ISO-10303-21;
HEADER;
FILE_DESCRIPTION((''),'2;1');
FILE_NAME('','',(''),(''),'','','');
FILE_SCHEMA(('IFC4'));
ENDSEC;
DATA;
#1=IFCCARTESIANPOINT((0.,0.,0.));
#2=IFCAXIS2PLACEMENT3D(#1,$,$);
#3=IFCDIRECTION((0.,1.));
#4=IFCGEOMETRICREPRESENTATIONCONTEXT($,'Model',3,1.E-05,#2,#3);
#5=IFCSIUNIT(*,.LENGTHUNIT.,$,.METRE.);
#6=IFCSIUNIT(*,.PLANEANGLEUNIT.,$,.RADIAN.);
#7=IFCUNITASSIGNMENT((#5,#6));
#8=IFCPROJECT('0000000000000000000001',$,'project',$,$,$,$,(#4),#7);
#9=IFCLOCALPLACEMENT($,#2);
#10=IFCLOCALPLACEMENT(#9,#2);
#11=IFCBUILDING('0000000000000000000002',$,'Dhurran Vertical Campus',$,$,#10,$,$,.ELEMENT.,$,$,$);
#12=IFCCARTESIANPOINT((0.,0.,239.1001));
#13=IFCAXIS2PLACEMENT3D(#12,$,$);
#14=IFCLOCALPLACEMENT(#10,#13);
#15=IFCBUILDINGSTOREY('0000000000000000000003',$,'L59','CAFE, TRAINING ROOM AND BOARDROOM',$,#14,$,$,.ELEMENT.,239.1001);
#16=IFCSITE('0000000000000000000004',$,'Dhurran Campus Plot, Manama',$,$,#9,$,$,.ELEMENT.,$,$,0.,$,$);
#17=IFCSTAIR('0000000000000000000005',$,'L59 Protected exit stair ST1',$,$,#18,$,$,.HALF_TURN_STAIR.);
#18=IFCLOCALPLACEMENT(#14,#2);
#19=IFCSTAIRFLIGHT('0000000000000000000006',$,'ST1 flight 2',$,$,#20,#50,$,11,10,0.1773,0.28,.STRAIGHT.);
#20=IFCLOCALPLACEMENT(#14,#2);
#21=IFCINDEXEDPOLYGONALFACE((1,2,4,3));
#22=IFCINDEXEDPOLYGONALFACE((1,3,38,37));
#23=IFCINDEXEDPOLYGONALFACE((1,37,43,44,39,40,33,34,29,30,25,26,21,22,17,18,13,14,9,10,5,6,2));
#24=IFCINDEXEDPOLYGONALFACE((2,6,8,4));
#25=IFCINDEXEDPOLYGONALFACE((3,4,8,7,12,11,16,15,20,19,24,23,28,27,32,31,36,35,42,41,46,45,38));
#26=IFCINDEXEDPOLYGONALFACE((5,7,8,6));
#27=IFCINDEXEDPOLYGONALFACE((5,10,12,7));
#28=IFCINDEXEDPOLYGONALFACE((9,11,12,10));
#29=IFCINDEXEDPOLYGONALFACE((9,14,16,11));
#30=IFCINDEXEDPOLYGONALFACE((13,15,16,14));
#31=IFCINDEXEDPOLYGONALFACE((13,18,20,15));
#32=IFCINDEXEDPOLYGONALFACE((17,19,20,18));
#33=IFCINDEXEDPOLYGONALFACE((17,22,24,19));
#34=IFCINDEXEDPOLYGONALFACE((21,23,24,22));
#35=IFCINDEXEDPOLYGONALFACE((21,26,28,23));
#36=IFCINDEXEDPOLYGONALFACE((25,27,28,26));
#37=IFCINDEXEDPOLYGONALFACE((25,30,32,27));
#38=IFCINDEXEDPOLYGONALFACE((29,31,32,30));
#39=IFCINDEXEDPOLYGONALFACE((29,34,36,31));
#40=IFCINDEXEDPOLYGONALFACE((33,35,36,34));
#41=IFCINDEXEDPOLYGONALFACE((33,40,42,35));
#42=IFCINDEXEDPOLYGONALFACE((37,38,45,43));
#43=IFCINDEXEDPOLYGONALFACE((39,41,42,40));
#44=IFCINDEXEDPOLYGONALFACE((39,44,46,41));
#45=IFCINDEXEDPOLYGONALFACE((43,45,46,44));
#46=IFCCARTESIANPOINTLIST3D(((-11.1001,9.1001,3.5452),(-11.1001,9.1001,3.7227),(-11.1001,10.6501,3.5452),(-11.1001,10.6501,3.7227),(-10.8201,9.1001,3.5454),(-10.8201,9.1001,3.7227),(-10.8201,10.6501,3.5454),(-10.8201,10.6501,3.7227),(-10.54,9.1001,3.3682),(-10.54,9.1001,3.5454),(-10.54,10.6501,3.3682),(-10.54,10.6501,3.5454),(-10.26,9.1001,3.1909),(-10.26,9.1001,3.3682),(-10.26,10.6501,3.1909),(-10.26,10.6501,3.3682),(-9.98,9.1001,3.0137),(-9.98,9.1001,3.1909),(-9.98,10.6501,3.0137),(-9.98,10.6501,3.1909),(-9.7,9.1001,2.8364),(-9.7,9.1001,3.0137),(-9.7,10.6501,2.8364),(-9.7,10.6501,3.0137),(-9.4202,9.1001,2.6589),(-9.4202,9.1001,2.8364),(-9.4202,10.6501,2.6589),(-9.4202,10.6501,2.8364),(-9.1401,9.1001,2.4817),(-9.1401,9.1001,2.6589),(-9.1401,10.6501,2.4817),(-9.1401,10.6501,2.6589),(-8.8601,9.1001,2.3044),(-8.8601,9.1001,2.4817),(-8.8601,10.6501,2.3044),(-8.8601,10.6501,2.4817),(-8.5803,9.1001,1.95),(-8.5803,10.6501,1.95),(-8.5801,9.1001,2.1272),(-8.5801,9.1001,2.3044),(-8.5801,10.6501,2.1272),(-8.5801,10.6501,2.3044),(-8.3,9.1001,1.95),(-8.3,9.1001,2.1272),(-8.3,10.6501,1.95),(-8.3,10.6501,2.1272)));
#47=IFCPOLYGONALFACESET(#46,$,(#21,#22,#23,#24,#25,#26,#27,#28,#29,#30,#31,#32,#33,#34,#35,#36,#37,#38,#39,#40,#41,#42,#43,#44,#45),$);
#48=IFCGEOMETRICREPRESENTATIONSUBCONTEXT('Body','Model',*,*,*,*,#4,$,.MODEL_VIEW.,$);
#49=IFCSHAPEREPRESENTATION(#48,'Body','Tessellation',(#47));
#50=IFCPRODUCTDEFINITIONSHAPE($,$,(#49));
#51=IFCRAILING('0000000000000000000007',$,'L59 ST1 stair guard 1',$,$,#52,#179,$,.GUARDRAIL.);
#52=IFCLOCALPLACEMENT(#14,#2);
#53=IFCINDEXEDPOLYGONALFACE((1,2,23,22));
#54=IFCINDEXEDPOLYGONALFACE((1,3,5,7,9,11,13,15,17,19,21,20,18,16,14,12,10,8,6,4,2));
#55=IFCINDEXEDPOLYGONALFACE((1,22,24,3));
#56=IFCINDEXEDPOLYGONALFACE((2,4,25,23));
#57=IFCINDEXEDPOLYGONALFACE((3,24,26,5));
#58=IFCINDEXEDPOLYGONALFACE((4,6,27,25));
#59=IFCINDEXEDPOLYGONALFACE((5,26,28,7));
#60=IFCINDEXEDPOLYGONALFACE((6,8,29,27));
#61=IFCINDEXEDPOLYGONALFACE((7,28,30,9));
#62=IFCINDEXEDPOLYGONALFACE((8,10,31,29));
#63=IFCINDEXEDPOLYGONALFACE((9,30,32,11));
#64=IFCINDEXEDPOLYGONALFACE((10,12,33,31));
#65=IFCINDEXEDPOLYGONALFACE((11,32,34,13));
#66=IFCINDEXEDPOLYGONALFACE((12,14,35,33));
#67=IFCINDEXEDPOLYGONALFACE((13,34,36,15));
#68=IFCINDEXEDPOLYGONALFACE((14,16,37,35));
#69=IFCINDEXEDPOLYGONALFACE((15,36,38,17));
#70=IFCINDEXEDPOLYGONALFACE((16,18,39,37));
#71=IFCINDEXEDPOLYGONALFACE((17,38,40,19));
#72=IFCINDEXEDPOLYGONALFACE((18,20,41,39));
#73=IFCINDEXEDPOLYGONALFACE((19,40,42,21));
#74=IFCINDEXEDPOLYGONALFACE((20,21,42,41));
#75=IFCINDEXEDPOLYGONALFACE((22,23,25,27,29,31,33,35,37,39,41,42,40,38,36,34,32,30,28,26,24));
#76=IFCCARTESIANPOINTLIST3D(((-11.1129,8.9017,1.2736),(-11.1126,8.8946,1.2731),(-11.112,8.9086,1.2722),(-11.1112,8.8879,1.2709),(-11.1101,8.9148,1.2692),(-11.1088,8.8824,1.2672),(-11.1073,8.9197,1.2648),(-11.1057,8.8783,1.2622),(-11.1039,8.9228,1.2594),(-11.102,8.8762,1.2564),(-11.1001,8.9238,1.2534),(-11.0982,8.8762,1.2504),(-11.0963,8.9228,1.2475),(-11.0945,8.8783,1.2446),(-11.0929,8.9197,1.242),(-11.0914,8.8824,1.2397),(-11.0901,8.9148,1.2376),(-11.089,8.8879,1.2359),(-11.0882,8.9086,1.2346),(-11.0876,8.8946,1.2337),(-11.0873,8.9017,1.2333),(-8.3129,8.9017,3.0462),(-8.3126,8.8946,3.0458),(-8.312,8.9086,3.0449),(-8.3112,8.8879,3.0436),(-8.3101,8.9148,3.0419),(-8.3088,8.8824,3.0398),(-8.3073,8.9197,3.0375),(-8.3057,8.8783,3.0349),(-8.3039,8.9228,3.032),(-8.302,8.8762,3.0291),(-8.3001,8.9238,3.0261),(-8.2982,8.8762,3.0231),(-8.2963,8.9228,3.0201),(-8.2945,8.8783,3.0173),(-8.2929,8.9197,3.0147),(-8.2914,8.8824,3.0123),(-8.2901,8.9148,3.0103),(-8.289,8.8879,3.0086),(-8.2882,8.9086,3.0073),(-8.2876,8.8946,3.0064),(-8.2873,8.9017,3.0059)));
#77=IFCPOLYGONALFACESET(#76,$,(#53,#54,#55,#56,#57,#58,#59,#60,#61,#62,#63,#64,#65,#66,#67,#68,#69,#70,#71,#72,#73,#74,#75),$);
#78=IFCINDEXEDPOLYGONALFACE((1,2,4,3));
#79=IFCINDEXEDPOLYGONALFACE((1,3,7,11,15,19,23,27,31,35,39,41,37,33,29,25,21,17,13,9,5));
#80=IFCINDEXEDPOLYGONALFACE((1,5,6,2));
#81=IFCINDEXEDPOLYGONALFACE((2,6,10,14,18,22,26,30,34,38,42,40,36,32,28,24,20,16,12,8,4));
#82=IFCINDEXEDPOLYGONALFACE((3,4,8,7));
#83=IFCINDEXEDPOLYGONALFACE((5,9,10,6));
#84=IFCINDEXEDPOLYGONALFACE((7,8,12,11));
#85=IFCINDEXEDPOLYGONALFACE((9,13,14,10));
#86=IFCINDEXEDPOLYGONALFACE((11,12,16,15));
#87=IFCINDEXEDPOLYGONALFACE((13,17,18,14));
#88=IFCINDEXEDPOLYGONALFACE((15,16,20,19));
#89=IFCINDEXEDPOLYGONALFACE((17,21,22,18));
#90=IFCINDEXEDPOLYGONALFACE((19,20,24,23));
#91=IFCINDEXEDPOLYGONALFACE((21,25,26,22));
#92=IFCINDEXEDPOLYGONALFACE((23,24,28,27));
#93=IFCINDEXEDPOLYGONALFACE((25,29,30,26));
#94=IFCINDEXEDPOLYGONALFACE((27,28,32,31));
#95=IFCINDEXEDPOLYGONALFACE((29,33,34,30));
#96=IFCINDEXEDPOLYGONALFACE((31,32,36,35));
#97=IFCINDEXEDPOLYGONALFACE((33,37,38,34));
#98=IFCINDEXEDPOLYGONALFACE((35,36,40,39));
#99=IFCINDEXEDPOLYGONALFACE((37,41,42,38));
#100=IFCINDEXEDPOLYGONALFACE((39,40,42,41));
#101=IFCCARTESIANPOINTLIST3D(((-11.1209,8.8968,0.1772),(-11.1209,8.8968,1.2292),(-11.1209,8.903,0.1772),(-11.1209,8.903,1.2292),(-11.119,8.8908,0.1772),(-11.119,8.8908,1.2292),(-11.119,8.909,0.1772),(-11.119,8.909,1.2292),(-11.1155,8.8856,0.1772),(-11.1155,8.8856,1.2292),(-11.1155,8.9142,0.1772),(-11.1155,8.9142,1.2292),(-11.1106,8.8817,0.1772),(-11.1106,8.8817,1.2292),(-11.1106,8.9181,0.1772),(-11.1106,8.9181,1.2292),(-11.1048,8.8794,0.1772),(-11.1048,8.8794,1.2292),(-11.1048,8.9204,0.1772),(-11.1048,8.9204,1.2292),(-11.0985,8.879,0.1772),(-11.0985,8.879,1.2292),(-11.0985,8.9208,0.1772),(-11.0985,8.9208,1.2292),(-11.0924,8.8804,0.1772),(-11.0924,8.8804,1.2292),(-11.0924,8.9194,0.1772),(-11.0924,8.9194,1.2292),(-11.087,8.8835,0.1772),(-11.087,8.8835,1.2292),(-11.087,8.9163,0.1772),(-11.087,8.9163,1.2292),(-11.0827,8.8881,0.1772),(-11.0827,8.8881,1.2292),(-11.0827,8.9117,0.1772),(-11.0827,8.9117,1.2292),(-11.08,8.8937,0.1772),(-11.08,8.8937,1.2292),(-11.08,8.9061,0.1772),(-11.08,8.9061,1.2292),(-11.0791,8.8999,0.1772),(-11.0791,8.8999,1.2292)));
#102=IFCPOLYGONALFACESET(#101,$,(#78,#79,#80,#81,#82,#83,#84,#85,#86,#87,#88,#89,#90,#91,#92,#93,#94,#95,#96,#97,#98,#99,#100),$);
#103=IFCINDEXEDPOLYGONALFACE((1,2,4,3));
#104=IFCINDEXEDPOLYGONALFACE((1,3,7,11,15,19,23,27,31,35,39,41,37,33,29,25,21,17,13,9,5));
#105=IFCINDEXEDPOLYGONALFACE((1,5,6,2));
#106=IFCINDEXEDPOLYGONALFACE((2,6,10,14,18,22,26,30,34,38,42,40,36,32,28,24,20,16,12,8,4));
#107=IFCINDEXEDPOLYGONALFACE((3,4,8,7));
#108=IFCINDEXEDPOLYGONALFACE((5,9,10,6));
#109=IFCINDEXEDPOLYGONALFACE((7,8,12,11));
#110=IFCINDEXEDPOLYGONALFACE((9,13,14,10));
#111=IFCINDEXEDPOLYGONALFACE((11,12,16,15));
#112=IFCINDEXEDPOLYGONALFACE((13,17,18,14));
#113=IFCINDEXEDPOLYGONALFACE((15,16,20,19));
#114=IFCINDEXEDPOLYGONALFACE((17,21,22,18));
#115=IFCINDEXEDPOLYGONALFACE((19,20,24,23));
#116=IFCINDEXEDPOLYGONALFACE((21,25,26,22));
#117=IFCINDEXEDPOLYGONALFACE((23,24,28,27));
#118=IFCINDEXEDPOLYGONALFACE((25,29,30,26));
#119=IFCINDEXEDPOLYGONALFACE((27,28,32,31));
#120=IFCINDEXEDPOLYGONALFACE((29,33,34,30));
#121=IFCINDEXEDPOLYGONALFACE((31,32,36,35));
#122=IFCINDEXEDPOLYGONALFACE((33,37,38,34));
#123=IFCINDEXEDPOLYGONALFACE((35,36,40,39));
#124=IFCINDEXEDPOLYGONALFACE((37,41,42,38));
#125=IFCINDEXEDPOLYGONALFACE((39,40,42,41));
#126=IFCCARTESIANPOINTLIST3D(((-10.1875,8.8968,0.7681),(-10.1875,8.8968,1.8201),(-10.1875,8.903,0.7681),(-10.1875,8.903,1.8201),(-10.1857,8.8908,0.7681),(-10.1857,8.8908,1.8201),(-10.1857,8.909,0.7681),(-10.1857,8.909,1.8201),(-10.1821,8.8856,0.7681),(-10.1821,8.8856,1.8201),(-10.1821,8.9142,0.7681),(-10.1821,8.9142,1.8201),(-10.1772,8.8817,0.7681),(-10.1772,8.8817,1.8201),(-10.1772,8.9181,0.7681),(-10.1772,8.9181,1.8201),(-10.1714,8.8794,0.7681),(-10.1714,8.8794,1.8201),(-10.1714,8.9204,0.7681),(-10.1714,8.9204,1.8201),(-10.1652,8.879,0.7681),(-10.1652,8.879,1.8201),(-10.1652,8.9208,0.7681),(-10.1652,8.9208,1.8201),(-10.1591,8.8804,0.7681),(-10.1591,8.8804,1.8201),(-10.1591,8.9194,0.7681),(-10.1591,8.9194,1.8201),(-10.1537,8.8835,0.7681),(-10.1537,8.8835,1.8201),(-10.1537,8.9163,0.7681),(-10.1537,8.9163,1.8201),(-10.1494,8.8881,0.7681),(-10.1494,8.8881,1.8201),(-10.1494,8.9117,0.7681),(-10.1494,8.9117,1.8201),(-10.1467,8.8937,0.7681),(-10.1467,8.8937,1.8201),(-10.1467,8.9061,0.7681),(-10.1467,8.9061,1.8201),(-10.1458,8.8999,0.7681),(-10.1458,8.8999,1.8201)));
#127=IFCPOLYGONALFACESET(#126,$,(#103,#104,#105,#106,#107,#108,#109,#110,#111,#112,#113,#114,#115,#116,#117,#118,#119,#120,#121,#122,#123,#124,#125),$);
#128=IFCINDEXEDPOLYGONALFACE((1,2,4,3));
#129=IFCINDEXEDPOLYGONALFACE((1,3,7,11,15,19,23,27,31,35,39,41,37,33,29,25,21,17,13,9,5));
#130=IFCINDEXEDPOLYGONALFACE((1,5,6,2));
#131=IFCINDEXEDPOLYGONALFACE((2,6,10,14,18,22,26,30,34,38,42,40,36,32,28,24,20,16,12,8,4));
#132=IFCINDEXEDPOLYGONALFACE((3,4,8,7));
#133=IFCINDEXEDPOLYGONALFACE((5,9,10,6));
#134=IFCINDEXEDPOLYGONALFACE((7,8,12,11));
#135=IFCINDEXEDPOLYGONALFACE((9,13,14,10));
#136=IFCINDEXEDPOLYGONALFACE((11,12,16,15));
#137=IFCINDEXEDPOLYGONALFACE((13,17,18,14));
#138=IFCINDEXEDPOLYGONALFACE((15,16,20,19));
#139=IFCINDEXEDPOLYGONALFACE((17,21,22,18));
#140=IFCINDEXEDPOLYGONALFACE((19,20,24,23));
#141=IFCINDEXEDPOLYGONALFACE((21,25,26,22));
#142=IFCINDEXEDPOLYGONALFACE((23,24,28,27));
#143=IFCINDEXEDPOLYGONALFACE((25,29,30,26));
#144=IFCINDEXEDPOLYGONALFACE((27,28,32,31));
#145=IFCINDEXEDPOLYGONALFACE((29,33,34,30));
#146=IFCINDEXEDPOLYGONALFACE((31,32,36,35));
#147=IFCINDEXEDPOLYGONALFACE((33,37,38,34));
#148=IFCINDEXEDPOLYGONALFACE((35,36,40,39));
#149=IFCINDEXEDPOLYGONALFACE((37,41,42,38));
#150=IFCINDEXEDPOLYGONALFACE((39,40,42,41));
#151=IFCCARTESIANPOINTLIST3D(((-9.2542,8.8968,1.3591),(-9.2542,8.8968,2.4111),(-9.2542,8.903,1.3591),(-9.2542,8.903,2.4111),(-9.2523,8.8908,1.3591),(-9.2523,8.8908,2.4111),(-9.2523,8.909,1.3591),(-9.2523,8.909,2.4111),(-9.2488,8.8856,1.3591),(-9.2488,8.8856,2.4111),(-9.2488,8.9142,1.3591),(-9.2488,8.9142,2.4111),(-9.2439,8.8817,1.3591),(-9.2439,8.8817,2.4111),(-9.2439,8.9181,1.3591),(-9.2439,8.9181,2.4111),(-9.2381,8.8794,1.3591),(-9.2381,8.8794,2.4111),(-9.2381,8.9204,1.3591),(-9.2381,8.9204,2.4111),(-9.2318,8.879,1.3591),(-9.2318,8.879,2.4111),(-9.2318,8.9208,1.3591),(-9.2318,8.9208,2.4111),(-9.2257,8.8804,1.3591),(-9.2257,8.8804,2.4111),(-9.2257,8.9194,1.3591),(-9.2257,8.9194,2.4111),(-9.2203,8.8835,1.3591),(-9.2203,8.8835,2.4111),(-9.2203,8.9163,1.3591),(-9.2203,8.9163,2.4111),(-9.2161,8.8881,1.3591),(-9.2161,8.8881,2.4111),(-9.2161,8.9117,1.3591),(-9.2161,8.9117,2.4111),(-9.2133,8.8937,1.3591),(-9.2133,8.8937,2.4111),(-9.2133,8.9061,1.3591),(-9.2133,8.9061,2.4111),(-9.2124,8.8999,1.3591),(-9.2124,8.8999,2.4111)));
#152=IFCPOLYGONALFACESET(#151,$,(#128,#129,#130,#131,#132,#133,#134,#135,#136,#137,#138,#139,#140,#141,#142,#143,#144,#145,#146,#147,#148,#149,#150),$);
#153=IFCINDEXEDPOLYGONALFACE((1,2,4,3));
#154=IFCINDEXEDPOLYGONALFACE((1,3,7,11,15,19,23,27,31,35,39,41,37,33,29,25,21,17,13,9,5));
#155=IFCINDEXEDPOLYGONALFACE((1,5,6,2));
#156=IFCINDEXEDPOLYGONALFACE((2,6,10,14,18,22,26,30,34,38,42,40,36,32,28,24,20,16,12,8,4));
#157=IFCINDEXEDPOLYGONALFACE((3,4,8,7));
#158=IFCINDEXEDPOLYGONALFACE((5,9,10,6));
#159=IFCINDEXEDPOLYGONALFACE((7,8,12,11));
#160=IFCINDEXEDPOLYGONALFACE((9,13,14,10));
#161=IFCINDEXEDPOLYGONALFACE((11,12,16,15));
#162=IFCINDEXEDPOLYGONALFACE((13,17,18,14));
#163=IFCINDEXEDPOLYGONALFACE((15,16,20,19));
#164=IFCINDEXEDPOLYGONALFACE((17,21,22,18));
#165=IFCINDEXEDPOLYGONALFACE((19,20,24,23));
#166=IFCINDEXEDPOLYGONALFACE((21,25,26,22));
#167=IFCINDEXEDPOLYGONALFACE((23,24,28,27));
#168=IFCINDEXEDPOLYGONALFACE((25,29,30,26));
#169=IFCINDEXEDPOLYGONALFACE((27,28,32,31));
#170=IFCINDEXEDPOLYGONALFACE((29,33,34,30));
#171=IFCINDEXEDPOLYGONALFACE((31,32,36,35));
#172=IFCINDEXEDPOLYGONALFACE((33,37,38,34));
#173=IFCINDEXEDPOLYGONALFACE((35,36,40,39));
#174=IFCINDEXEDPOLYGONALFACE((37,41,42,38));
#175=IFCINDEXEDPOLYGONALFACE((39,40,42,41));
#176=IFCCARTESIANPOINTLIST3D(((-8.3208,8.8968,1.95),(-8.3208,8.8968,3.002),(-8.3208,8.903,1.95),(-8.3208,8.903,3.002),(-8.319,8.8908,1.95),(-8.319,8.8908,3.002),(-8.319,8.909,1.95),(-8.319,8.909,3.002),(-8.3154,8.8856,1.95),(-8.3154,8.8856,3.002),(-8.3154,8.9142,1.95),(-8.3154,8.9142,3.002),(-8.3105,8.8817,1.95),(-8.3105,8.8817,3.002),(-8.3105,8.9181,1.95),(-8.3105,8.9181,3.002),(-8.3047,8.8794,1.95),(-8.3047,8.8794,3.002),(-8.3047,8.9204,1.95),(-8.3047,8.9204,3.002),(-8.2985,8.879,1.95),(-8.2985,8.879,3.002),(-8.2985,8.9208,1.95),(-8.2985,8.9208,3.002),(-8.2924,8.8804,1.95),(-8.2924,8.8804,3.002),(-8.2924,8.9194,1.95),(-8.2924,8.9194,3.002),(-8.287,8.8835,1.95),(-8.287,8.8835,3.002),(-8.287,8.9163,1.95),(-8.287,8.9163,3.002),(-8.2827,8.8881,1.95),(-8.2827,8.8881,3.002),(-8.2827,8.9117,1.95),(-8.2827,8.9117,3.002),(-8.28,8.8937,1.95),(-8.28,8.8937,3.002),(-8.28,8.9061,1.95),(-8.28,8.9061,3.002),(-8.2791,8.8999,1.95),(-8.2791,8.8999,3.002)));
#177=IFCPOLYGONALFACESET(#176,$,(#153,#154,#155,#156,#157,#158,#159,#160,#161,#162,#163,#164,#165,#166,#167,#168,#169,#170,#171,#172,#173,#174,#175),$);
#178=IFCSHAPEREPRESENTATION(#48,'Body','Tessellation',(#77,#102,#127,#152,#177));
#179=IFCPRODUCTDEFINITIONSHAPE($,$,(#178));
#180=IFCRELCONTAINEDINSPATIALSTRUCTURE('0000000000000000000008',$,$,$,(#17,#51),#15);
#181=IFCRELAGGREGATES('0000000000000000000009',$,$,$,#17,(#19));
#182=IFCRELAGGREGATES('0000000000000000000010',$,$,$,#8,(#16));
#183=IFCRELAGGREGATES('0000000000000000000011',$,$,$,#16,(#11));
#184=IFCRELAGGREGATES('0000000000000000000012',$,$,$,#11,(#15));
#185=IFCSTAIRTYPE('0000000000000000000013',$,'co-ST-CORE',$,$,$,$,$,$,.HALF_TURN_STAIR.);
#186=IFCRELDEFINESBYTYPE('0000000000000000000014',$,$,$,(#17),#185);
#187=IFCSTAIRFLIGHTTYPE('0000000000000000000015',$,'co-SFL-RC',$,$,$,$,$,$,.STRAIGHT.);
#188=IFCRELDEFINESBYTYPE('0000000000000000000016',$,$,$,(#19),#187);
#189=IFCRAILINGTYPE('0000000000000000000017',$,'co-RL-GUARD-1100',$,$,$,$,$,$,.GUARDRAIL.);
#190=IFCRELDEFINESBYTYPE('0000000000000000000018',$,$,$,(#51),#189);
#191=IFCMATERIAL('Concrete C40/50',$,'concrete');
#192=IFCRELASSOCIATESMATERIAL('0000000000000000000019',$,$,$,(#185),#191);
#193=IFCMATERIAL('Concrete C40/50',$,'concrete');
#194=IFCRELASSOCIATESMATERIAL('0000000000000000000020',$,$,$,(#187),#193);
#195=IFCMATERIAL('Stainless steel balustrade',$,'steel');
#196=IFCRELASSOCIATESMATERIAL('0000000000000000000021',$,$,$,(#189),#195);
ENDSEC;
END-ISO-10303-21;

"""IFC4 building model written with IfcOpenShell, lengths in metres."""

from ifc_helpers import new_model, si_unit, direction, frame, origin, origin_2d, place, context, subcontext, project, spatial, polyline, circle, outline, extrude, material, type_object, element, aggregate, save


model = new_model("IFC4")

# Units and contexts
model_context = context("Model", 3, precision=1e-05, world=origin(), true_north=direction((0.0, 1.0)))
body_context = subcontext(model_context, "Body", "Model", "MODEL_VIEW")
ifc_project = project(units=[si_unit("LENGTHUNIT", "METRE"), si_unit("PLANEANGLEUNIT", "RADIAN")], contexts=[model_context])

# Site, building, storey
site_placement = place(None, origin())
site = spatial("IfcSite", under=ifc_project, at=site_placement, Name="Dhurran Campus Plot, Manama", CompositionType="ELEMENT", RefElevation=0.0)
building_placement = place(site_placement, origin())
building = spatial("IfcBuilding", under=site, at=building_placement, Name="Dhurran Vertical Campus", CompositionType="ELEMENT")
storey_placement = place(building_placement, frame((0.0, 0.0, 239.1001)))
storey = spatial("IfcBuildingStorey", under=building, at=storey_placement, Name="L59", Description="CAFE, TRAINING ROOM AND BOARDROOM", CompositionType="ELEMENT", Elevation=239.1001)

# Stair, stair flight
ifc_material_1 = material(Name="Concrete C40/50", Category="concrete")
stair_type = type_object("IfcStairType", Name="co-ST-CORE", PredefinedType="HALF_TURN_STAIR", material=ifc_material_1)
stair_placement = place(storey_placement, origin())
stair = element("IfcStair", 1, at=stair_placement, inside=storey, type_object=stair_type, Name="L59 Protected exit stair ST1", PredefinedType="HALF_TURN_STAIR")
ifc_material_2 = material(Name="Concrete C40/50", Category="concrete")
stair_flight_type = type_object("IfcStairFlightType", Name="co-SFL-RC", PredefinedType="STRAIGHT", material=ifc_material_2)
stair_flight_1_placement = place(storey_placement, frame((-8.3, 9.875, 1.95), z_axis=(0.0, 0.0, 1.0), x_axis=(-1.0, 0.0, 0.0)))
stair_flight_1 = element("IfcStairFlight", 2, at=stair_flight_1_placement, type_object=stair_flight_type, Name="ST1 flight 2", NumberOfRisers=11, NumberOfTreads=10, PredefinedType="STRAIGHT", RiserHeight=0.1773, TreadLength=0.28, context=body_context, shape_type="SweptSolid", body=[
    extrude(outline(polyline([(0.0, 0.0), (0.0, 0.1772), (0.28, 0.1772), (0.28, 0.3545), (0.5601, 0.3545), (0.5601, 0.5317), (0.8401, 0.5317), (0.8401, 0.709), (1.1201, 0.709), (1.1201, 0.8865), (1.3999, 0.8865), (1.3999, 1.0637), (1.6799, 1.0637), (1.6799, 1.241), (1.96, 1.241), (1.96, 1.4182), (2.24, 1.4182), (2.24, 1.5955), (2.52, 1.5955), (2.52, 1.7727), (2.8, 1.7727), (2.8, 1.95), (2.8, 1.5952), (0.2803, 0.0), (0.0, 0.0)])), frame((0.0, 0.7749, 0.0), z_axis=(0.0, -1.0, 0.0), x_axis=(1.0, 0.0, 0.0)), (0.0, 0.0, 1.0), 1.55),
])
aggregate(stair, [stair_flight_1])

# Railing
ifc_material_3 = material(Name="Stainless steel balustrade", Category="steel")
railing_type_1 = type_object("IfcRailingType", Name="co-RL-GUARD-1100", PredefinedType="GUARDRAIL", material=ifc_material_3)
railing_1_placement = place(storey_placement, frame((-11.1001, 8.8999, 0.1772)))
element("IfcRailing", 3, at=railing_1_placement, inside=storey, type_object=railing_type_1, Name="L59 ST1 stair guard 1", PredefinedType="GUARDRAIL", context=body_context, shape_type="SweptSolid", body=[
    extrude(circle(Radius=0.0239, at=origin_2d()), frame((0.0, 0.0, 1.0762), z_axis=(0.844909, 0.0, 0.53491), x_axis=(0.0, 1.0, 0.0)), (0.0, 0.0, 1.0), 3.314),
    extrude(circle(Radius=0.021, at=origin_2d()), origin(), (0.0, 0.0, 1.0), 1.052),
    extrude(circle(Radius=0.021, at=origin_2d()), frame((0.9333, 0.0, 0.5908)), (0.0, 0.0, 1.0), 1.052),
    extrude(circle(Radius=0.021, at=origin_2d()), frame((1.8667, 0.0, 1.1819)), (0.0, 0.0, 1.0), 1.052),
    extrude(circle(Radius=0.021, at=origin_2d()), frame((2.8, 0.0, 1.7727)), (0.0, 0.0, 1.0), 1.052),
])

save(model, "model.ifc")
